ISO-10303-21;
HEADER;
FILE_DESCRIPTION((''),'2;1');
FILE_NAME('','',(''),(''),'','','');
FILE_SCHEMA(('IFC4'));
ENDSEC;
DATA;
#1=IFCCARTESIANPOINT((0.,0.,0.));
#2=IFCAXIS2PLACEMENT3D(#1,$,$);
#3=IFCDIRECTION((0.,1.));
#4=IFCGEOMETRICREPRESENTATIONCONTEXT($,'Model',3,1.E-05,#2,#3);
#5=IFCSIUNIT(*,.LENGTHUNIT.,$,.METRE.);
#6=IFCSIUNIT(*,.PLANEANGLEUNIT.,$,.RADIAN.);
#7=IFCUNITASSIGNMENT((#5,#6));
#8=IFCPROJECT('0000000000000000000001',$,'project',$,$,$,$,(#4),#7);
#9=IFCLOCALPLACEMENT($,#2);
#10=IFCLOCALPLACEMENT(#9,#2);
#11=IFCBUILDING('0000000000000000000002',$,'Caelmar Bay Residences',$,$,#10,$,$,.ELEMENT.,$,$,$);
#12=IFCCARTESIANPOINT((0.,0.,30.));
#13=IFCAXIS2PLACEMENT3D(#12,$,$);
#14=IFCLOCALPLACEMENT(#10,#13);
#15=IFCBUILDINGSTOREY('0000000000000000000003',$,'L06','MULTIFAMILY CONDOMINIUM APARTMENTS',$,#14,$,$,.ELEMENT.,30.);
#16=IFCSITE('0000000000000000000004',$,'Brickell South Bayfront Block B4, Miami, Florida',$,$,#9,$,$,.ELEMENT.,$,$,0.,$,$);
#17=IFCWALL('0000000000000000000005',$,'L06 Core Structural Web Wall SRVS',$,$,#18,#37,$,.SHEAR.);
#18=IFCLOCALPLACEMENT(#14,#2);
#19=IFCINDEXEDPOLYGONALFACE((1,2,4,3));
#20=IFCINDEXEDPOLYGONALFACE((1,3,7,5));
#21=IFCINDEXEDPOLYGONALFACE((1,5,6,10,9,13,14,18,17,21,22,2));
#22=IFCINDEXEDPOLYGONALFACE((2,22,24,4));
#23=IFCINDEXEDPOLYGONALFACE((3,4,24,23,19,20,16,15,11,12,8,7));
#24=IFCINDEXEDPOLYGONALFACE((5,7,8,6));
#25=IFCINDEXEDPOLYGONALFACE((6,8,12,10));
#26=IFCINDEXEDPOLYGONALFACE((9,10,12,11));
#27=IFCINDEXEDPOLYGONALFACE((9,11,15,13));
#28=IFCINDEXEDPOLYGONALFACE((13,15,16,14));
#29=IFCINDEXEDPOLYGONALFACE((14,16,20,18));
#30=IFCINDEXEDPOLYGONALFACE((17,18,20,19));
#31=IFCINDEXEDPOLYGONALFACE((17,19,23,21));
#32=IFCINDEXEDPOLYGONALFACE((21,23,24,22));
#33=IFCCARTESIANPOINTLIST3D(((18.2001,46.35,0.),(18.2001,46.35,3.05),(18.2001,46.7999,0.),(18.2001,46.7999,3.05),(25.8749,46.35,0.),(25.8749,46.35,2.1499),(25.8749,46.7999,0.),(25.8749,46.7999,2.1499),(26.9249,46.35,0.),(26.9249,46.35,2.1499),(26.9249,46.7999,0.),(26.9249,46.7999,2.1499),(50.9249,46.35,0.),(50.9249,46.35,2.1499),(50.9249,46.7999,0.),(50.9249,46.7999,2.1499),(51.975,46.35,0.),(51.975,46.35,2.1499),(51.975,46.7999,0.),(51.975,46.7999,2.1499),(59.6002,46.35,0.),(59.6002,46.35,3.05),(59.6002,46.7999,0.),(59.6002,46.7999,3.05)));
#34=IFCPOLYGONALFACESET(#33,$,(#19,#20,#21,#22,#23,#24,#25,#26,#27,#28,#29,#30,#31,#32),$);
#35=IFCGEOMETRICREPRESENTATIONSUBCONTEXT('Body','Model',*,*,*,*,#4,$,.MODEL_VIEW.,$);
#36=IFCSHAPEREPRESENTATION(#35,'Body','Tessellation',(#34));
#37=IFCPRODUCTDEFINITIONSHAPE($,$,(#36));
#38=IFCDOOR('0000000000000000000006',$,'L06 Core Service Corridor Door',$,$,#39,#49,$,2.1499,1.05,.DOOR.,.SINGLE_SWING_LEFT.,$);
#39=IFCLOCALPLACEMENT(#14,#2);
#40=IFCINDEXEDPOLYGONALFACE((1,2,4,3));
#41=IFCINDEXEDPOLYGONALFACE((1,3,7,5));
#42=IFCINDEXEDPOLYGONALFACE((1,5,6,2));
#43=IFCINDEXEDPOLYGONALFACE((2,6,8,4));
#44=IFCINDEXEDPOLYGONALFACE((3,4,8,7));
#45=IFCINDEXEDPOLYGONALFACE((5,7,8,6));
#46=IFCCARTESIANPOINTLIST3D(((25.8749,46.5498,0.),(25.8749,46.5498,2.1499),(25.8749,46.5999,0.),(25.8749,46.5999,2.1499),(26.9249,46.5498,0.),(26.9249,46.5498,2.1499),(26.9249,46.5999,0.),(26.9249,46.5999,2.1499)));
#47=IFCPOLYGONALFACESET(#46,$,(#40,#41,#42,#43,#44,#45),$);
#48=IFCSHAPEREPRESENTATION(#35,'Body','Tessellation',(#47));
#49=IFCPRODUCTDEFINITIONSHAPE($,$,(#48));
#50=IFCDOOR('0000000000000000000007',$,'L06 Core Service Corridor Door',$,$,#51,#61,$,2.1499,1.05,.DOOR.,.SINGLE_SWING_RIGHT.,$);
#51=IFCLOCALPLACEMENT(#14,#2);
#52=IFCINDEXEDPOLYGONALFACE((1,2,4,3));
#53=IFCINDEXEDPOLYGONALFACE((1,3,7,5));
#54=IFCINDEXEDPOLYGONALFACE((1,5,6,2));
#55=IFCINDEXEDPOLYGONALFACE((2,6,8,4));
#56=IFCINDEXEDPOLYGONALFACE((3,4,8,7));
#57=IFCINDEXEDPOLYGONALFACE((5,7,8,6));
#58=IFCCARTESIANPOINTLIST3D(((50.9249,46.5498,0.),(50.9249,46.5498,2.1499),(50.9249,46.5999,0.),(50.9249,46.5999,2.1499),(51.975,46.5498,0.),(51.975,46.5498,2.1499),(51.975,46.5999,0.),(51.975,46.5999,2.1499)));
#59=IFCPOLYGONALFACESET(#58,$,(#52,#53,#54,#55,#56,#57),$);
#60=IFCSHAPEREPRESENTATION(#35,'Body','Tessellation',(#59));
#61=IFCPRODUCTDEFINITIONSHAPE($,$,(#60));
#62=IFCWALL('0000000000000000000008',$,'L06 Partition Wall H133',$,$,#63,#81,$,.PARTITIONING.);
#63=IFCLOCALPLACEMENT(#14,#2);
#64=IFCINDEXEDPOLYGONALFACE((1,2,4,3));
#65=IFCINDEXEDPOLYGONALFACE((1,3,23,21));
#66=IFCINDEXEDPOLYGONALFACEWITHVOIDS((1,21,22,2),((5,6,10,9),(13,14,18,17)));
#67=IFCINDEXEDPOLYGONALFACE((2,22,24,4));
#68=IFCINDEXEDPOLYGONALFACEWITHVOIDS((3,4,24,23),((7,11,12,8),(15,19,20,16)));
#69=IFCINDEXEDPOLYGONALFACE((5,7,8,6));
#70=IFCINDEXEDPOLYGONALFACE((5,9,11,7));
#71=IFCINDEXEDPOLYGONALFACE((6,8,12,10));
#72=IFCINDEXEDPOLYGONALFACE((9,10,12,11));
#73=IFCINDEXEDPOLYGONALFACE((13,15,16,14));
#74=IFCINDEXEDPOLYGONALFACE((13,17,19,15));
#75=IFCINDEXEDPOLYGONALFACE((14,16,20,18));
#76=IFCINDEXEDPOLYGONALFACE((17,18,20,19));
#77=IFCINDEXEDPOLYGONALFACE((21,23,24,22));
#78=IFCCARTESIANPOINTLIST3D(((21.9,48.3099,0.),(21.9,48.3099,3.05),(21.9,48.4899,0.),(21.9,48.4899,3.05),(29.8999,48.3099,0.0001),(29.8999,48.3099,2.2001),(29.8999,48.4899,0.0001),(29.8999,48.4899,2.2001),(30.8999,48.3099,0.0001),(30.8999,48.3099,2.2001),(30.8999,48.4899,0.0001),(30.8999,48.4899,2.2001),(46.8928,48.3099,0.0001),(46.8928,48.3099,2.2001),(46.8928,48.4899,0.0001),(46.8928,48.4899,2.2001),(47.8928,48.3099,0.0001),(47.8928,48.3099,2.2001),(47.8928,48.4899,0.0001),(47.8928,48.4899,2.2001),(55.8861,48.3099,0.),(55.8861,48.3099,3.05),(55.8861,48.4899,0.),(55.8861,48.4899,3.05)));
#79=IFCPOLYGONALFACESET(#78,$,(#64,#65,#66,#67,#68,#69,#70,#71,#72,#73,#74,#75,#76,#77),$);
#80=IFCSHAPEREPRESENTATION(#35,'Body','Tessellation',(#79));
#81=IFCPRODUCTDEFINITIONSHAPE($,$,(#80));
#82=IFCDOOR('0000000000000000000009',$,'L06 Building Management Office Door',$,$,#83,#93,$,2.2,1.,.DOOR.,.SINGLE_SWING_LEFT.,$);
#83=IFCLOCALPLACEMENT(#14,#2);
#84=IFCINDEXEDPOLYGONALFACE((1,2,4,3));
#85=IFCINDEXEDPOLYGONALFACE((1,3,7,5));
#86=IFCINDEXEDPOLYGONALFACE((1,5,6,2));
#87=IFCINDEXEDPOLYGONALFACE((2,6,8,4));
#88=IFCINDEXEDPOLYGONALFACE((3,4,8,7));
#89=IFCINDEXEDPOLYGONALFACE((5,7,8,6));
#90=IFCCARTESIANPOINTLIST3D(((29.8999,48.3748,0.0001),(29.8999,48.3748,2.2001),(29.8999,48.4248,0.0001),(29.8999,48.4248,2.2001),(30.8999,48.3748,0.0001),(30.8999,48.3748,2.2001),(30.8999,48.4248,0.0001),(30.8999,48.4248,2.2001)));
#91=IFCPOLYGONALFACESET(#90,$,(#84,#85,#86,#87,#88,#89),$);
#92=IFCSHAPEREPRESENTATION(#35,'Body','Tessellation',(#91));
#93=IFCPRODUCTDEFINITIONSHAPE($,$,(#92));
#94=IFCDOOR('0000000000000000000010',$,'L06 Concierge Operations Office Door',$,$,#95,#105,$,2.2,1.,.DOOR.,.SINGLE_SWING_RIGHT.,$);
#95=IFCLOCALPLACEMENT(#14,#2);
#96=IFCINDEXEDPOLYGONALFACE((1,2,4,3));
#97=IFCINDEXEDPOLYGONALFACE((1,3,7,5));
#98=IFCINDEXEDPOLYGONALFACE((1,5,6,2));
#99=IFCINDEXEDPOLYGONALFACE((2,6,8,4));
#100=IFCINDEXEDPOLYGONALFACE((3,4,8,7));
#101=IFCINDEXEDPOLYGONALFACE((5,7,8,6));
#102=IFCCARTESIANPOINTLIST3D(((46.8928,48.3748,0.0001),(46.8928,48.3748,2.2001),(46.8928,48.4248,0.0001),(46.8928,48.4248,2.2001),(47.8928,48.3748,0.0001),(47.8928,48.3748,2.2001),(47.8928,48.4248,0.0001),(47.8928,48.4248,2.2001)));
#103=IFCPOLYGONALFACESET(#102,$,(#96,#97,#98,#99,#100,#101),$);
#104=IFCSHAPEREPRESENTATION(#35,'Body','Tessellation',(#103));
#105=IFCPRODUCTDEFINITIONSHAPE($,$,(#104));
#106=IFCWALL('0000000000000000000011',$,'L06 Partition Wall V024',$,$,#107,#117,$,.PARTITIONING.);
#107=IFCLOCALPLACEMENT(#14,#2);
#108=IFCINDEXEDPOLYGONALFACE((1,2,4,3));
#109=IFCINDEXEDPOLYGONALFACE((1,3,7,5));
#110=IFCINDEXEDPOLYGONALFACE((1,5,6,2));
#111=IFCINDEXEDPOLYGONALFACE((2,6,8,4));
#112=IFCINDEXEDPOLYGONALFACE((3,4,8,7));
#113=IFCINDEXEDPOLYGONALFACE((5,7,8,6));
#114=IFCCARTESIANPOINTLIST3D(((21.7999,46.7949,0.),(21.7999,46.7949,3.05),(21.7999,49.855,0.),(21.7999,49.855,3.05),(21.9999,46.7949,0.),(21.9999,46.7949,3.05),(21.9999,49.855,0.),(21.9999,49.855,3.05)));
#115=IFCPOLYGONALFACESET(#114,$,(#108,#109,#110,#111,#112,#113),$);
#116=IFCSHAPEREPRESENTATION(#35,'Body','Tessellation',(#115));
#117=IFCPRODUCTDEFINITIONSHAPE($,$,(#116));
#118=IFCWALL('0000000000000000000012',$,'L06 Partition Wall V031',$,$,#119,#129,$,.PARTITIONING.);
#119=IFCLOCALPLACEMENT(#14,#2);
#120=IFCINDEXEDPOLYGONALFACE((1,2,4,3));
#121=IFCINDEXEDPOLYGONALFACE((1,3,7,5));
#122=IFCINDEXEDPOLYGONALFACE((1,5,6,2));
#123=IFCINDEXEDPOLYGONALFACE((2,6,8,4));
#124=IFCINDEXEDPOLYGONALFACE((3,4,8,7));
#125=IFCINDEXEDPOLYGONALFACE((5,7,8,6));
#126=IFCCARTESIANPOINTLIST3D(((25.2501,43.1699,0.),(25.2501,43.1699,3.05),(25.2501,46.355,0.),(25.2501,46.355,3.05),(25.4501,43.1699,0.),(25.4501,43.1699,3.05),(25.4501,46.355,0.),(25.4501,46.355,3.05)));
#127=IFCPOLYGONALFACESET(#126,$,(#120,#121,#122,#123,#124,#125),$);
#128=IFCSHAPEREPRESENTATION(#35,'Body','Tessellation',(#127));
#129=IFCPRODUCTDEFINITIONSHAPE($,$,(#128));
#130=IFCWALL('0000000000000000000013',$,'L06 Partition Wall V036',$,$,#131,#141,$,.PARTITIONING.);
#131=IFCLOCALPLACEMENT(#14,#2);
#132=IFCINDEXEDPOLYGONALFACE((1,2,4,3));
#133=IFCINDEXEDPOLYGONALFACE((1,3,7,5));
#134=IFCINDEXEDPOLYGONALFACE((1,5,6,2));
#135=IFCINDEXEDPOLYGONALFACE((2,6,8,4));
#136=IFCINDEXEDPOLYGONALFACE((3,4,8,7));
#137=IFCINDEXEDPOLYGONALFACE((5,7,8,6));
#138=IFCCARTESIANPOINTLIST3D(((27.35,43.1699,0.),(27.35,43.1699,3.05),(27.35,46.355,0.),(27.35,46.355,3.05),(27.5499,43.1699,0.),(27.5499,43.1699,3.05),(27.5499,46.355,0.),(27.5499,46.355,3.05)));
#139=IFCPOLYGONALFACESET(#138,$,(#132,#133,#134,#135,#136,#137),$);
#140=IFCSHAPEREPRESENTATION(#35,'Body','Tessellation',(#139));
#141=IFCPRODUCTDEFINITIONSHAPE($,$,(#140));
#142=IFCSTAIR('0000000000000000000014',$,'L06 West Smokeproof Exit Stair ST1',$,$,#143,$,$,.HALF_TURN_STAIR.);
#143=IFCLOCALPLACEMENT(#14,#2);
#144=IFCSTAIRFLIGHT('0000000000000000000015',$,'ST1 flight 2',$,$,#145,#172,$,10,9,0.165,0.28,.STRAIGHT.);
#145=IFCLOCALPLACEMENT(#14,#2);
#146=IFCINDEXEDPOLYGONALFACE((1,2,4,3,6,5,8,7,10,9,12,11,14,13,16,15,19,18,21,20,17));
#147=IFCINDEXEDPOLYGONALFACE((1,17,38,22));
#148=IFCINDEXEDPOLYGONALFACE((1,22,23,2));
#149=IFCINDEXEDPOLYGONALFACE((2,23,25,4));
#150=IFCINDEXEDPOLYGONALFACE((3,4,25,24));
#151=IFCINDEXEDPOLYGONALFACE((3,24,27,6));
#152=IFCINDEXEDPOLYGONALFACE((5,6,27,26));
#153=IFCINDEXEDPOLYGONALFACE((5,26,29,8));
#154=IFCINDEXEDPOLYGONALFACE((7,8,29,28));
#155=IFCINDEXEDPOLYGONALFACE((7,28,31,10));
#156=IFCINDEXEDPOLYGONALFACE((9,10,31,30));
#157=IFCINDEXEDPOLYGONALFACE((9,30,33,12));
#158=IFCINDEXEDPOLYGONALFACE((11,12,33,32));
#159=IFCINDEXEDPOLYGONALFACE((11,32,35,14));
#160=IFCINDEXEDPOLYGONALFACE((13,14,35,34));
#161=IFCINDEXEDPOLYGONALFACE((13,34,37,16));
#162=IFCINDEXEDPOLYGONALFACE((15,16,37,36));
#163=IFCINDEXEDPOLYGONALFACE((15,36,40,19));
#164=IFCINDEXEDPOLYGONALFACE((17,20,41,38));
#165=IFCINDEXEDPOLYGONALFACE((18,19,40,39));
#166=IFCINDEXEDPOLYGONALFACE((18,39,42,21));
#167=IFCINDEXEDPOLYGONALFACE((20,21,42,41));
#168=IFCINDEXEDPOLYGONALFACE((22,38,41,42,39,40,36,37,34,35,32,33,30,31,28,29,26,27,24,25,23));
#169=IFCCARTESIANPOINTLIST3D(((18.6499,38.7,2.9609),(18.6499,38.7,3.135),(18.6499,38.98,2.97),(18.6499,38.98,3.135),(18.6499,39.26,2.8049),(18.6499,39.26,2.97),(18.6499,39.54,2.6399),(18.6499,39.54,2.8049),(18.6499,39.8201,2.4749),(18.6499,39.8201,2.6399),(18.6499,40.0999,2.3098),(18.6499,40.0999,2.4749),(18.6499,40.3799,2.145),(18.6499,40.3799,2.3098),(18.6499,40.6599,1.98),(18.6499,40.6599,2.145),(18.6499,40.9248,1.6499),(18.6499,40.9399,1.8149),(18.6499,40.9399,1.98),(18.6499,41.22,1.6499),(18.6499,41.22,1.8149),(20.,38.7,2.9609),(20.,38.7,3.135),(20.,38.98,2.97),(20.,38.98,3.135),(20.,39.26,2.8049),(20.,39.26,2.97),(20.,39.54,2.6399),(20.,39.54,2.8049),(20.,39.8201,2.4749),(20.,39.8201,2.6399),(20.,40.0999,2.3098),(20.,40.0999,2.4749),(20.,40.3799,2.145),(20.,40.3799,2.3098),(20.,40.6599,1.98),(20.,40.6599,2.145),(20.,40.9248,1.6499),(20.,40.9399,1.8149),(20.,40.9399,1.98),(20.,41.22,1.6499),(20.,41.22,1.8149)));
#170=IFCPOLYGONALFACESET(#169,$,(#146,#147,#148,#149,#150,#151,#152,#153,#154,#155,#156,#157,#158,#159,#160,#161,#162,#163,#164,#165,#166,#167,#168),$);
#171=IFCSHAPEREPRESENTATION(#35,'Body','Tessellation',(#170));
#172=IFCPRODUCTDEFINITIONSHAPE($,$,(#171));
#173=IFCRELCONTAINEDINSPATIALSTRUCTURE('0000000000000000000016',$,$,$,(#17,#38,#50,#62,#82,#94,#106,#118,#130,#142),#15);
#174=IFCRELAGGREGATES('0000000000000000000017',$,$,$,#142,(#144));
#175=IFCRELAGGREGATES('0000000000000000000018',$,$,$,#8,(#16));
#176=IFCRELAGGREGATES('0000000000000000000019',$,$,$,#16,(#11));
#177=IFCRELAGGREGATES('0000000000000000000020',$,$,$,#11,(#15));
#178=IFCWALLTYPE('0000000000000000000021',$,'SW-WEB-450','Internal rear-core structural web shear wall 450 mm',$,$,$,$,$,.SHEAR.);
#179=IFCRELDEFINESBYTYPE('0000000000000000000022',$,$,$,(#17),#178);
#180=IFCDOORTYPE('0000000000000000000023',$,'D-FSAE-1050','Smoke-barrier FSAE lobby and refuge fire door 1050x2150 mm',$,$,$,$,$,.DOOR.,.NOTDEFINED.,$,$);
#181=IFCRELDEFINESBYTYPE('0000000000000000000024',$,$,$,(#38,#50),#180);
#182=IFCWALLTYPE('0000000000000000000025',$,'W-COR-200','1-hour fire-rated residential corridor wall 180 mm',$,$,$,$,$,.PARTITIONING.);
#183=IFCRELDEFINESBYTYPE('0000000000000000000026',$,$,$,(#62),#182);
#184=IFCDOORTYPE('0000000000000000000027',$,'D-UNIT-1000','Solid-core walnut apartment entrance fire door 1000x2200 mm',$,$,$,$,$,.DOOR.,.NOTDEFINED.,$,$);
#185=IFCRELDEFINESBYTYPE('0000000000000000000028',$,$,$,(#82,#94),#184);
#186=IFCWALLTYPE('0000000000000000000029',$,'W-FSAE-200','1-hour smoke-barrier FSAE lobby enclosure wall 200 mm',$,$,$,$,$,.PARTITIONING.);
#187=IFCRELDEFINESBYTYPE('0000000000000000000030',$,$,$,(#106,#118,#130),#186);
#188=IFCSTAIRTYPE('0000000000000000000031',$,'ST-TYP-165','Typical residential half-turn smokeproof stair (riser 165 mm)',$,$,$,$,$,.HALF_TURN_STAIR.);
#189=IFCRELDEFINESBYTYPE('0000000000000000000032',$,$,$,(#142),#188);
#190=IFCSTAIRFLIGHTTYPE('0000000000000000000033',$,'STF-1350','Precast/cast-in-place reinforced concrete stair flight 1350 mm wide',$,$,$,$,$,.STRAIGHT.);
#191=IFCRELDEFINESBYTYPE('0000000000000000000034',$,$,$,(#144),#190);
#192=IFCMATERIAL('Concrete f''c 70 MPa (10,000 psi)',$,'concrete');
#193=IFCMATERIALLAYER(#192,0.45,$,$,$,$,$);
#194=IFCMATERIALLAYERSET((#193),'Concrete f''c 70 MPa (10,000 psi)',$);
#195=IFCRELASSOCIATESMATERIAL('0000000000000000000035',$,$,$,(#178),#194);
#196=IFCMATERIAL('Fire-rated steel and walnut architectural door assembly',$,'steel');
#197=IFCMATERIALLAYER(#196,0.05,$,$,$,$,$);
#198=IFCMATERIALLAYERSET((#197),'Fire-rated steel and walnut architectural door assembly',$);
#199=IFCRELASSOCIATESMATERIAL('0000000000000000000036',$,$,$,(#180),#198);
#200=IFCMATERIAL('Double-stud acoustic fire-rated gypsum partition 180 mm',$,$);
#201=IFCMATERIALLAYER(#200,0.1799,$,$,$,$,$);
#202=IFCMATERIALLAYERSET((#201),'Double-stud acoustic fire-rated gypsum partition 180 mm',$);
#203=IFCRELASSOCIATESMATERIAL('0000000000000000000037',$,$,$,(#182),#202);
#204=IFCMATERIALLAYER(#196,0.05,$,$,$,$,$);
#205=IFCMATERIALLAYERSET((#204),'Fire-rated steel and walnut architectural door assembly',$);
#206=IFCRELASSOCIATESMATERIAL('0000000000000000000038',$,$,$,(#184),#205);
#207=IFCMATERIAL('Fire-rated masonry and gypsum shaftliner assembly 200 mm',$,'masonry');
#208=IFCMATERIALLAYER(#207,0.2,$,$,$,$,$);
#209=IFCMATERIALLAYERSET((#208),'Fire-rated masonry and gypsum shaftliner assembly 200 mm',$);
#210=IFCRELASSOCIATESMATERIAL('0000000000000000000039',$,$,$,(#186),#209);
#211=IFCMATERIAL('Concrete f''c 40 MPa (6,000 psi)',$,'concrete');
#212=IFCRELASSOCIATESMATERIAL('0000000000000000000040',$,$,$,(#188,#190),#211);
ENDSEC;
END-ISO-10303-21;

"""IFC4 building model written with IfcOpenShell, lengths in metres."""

from ifc_helpers import new_model, si_unit, direction, frame, frame_2d, origin, place, context, subcontext, project, spatial, polyline, rectangle, outline, extrude, material, layer, layer_set, type_object, element, fill, aggregate, save


model = new_model("IFC4")

# Units and contexts
model_context = context("Model", 3, precision=1e-05, world=origin(), true_north=direction((0.0, 1.0)))
body_context = subcontext(model_context, "Body", "Model", "MODEL_VIEW")
ifc_project = project(units=[si_unit("LENGTHUNIT", "METRE"), si_unit("PLANEANGLEUNIT", "RADIAN")], contexts=[model_context])

# Site, building, storey
site_placement = place(None, origin())
site = spatial("IfcSite", under=ifc_project, at=site_placement, Name="Brickell South Bayfront Block B4, Miami, Florida", CompositionType="ELEMENT", RefElevation=0.0)
building_placement = place(site_placement, origin())
building = spatial("IfcBuilding", under=site, at=building_placement, Name="Caelmar Bay Residences", CompositionType="ELEMENT")
storey_placement = place(building_placement, frame((0.0, 0.0, 30.0)))
storey = spatial("IfcBuildingStorey", under=building, at=storey_placement, Name="L06", Description="MULTIFAMILY CONDOMINIUM APARTMENTS", CompositionType="ELEMENT", Elevation=30.0)

# Walls, openings, doors
ifc_material_1 = material(Name="Concrete f'c 70 MPa (10,000 psi)", Category="concrete")
ifc_layer_1 = layer(ifc_material_1, 0.45)
ifc_layer_set_1 = layer_set([ifc_layer_1], Name="Concrete f'c 70 MPa (10,000 psi)")
wall_type_1 = type_object("IfcWallType", Name="SW-WEB-450", Description="Internal rear-core structural web shear wall 450 mm", PredefinedType="SHEAR", material=ifc_layer_set_1)
ifc_material_2 = material(Name="Fire-rated steel and walnut architectural door assembly", Category="steel")
ifc_layer_2 = layer(ifc_material_2, 0.05)
ifc_layer_set_2 = layer_set([ifc_layer_2], Name="Fire-rated steel and walnut architectural door assembly")
door_type_1 = type_object("IfcDoorType", Name="D-FSAE-1050", Description="Smoke-barrier FSAE lobby and refuge fire door 1050x2150 mm", OperationType="NOTDEFINED", PredefinedType="DOOR", material=ifc_layer_set_2)
wall_1_placement = place(storey_placement, frame((18.2, 46.575, 0.0), z_axis=(0.0, 0.0, 1.0), x_axis=(1.0, 0.0, 0.0)))
wall_1 = element("IfcWall", 1, at=wall_1_placement, inside=storey, type_object=wall_type_1, Name="L06 Core Structural Web Wall SRVS", PredefinedType="SHEAR", context=body_context, shape_type="SweptSolid", body=[
    extrude(rectangle(XDim=41.4001, YDim=0.45, at=frame_2d((20.7002, 0.0))), origin(), (0.0, 0.0, 1.0), 3.05),
])
opening_1_placement = place(wall_1_placement, frame((7.675, 0.0, 0.0)))
opening_1 = element("IfcOpeningElement", 2, at=opening_1_placement, cuts=wall_1, PredefinedType="OPENING", context=body_context, shape_type="SweptSolid", body=[
    extrude(rectangle(XDim=1.05, YDim=2.1499, at=frame_2d((0.5249, 1.075))), frame((0.0, 0.2349, 0.0), z_axis=(0.0, -1.0, 0.0), x_axis=(1.0, 0.0, 0.0)), (0.0, 0.0, 1.0), 0.47),
])
opening_2_placement = place(wall_1_placement, frame((32.7251, 0.0, 0.0)))
opening_2 = element("IfcOpeningElement", 3, at=opening_2_placement, cuts=wall_1, PredefinedType="OPENING", context=body_context, shape_type="SweptSolid", body=[
    extrude(rectangle(XDim=1.05, YDim=2.1499, at=frame_2d((0.5249, 1.075))), frame((0.0, 0.2349, 0.0), z_axis=(0.0, -1.0, 0.0), x_axis=(1.0, 0.0, 0.0)), (0.0, 0.0, 1.0), 0.47),
])
door_1_placement = place(opening_1_placement, origin())
door_1 = element("IfcDoor", 4, at=door_1_placement, inside=storey, type_object=door_type_1, Name="L06 Core Service Corridor Door", OperationType="SINGLE_SWING_LEFT", OverallHeight=2.1499, OverallWidth=1.05, PredefinedType="DOOR", context=body_context, shape_type="SweptSolid", body=[
    extrude(rectangle(XDim=1.05, YDim=2.1499, at=frame_2d((0.5249, 1.075))), frame((0.0, 0.0249, 0.0), z_axis=(0.0, -1.0, 0.0), x_axis=(1.0, 0.0, 0.0)), (0.0, 0.0, 1.0), 0.05),
])
fill(opening_1, door_1)
door_2_placement = place(opening_2_placement, origin())
door_2 = element("IfcDoor", 5, at=door_2_placement, inside=storey, type_object=door_type_1, Name="L06 Core Service Corridor Door", OperationType="SINGLE_SWING_RIGHT", OverallHeight=2.1499, OverallWidth=1.05, PredefinedType="DOOR", context=body_context, shape_type="SweptSolid", body=[
    extrude(rectangle(XDim=1.05, YDim=2.1499, at=frame_2d((0.5249, 1.075))), frame((0.0, 0.0249, 0.0), z_axis=(0.0, -1.0, 0.0), x_axis=(1.0, 0.0, 0.0)), (0.0, 0.0, 1.0), 0.05),
])
fill(opening_2, door_2)
ifc_material_3 = material(Name="Double-stud acoustic fire-rated gypsum partition 180 mm")
ifc_layer_3 = layer(ifc_material_3, 0.1799)
ifc_layer_set_3 = layer_set([ifc_layer_3], Name="Double-stud acoustic fire-rated gypsum partition 180 mm")
wall_type_2 = type_object("IfcWallType", Name="W-COR-200", Description="1-hour fire-rated residential corridor wall 180 mm", PredefinedType="PARTITIONING", material=ifc_layer_set_3)
wall_2_placement = place(storey_placement, frame((21.8999, 48.3999, 0.0), z_axis=(0.0, 0.0, 1.0), x_axis=(1.0, 0.0, 0.0)))
wall_2 = element("IfcWall", 6, at=wall_2_placement, inside=storey, type_object=wall_type_2, Name="L06 Partition Wall H133", PredefinedType="PARTITIONING", context=body_context, shape_type="SweptSolid", body=[
    extrude(rectangle(XDim=33.9861, YDim=0.1799, at=frame_2d((16.9932, 0.0))), origin(), (0.0, 0.0, 1.0), 3.05),
])
opening_3_placement = place(wall_2_placement, frame((8.0, 0.0, 0.0)))
opening_3 = element("IfcOpeningElement", 7, at=opening_3_placement, cuts=wall_2, PredefinedType="OPENING", context=body_context, shape_type="SweptSolid", body=[
    extrude(rectangle(XDim=1.0, YDim=2.2, at=frame_2d((0.5, 1.1001))), frame((0.0, 0.0999, 0.0), z_axis=(0.0, -1.0, 0.0), x_axis=(1.0, 0.0, 0.0)), (0.0, 0.0, 1.0), 0.2),
])
opening_4_placement = place(wall_2_placement, frame((24.9929, 0.0, 0.0)))
opening_4 = element("IfcOpeningElement", 8, at=opening_4_placement, cuts=wall_2, PredefinedType="OPENING", context=body_context, shape_type="SweptSolid", body=[
    extrude(rectangle(XDim=1.0, YDim=2.2, at=frame_2d((0.5, 1.1001))), frame((0.0, 0.0999, 0.0), z_axis=(0.0, -1.0, 0.0), x_axis=(1.0, 0.0, 0.0)), (0.0, 0.0, 1.0), 0.2),
])
ifc_layer_4 = layer(ifc_material_2, 0.05)
ifc_layer_set_4 = layer_set([ifc_layer_4], Name="Fire-rated steel and walnut architectural door assembly")
door_type_2 = type_object("IfcDoorType", Name="D-UNIT-1000", Description="Solid-core walnut apartment entrance fire door 1000x2200 mm", OperationType="NOTDEFINED", PredefinedType="DOOR", material=ifc_layer_set_4)
door_3_placement = place(opening_3_placement, origin())
door_3 = element("IfcDoor", 9, at=door_3_placement, inside=storey, type_object=door_type_2, Name="L06 Building Management Office Door", OperationType="SINGLE_SWING_LEFT", OverallHeight=2.2, OverallWidth=1.0, PredefinedType="DOOR", context=body_context, shape_type="SweptSolid", body=[
    extrude(rectangle(XDim=1.0, YDim=2.2, at=frame_2d((0.5, 1.1001))), frame((0.0, 0.0249, 0.0), z_axis=(0.0, -1.0, 0.0), x_axis=(1.0, 0.0, 0.0)), (0.0, 0.0, 1.0), 0.05),
])
fill(opening_3, door_3)
door_4_placement = place(opening_4_placement, origin())
door_4 = element("IfcDoor", 10, at=door_4_placement, inside=storey, type_object=door_type_2, Name="L06 Concierge Operations Office Door", OperationType="SINGLE_SWING_RIGHT", OverallHeight=2.2, OverallWidth=1.0, PredefinedType="DOOR", context=body_context, shape_type="SweptSolid", body=[
    extrude(rectangle(XDim=1.0, YDim=2.2, at=frame_2d((0.5, 1.1001))), frame((0.0, 0.0249, 0.0), z_axis=(0.0, -1.0, 0.0), x_axis=(1.0, 0.0, 0.0)), (0.0, 0.0, 1.0), 0.05),
])
fill(opening_4, door_4)

# Walls
ifc_material_4 = material(Name="Fire-rated masonry and gypsum shaftliner assembly 200 mm", Category="masonry")
ifc_layer_5 = layer(ifc_material_4, 0.2)
ifc_layer_set_5 = layer_set([ifc_layer_5], Name="Fire-rated masonry and gypsum shaftliner assembly 200 mm")
wall_type_3 = type_object("IfcWallType", Name="W-FSAE-200", Description="1-hour smoke-barrier FSAE lobby enclosure wall 200 mm", PredefinedType="PARTITIONING", material=ifc_layer_set_5)
wall_3_placement = place(storey_placement, frame((21.8999, 46.7949, 0.0), z_axis=(0.0, 0.0, 1.0), x_axis=(0.0, 1.0, 0.0)))
element("IfcWall", 11, at=wall_3_placement, inside=storey, type_object=wall_type_3, Name="L06 Partition Wall V024", PredefinedType="PARTITIONING", context=body_context, shape_type="SweptSolid", body=[
    extrude(rectangle(XDim=3.0601, YDim=0.2, at=frame_2d((1.53, 0.0))), origin(), (0.0, 0.0, 1.0), 3.05),
])
for number, where, z_axis, x_axis, name in (
    (12, (25.3501, 43.1699, 0.0), (0.0, 0.0, 1.0), (0.0, 1.0, 0.0), "L06 Partition Wall V031"),
    (13, (27.45, 43.1699, 0.0), (0.0, 0.0, 1.0), (0.0, 1.0, 0.0), "L06 Partition Wall V036"),
):
    element("IfcWall", number, at=place(storey_placement, frame(where, z_axis=z_axis, x_axis=x_axis)), inside=storey, type_object=wall_type_3, Name=name, PredefinedType="PARTITIONING", context=body_context, shape_type="SweptSolid", body=[
        extrude(rectangle(XDim=3.1851, YDim=0.2, at=frame_2d((1.5925, 0.0))), origin(), (0.0, 0.0, 1.0), 3.05),
    ])

# Stair, stair flight
ifc_material_5 = material(Name="Concrete f'c 40 MPa (6,000 psi)", Category="concrete")
stair_type = type_object("IfcStairType", Name="ST-TYP-165", Description="Typical residential half-turn smokeproof stair (riser 165 mm)", PredefinedType="HALF_TURN_STAIR", material=ifc_material_5)
stair_1_placement = place(storey_placement, origin())
stair_1 = element("IfcStair", 14, at=stair_1_placement, inside=storey, type_object=stair_type, Name="L06 West Smokeproof Exit Stair ST1", PredefinedType="HALF_TURN_STAIR")
stair_flight_type = type_object("IfcStairFlightType", Name="STF-1350", Description="Precast/cast-in-place reinforced concrete stair flight 1350 mm wide", PredefinedType="STRAIGHT", material=ifc_material_5)
stair_flight_1_placement = place(storey_placement, frame((19.325, 41.22, 1.6499), z_axis=(0.0, 0.0, 1.0), x_axis=(0.0, -1.0, 0.0)))
stair_flight_1 = element("IfcStairFlight", 15, at=stair_flight_1_placement, type_object=stair_flight_type, Name="ST1 flight 2", NumberOfRisers=10, NumberOfTreads=9, PredefinedType="STRAIGHT", RiserHeight=0.165, TreadLength=0.28, context=body_context, shape_type="SweptSolid", body=[
    extrude(outline(polyline([(0.0, 0.0), (0.0, 0.165), (0.28, 0.165), (0.28, 0.3301), (0.5601, 0.3301), (0.5601, 0.4951), (0.8401, 0.4951), (0.8401, 0.6599), (1.1201, 0.6599), (1.1201, 0.825), (1.3999, 0.825), (1.3999, 0.99), (1.6799, 0.99), (1.6799, 1.155), (1.96, 1.155), (1.96, 1.3201), (2.24, 1.3201), (2.24, 1.4851), (2.52, 1.4851), (2.52, 1.6499), (2.52, 1.311), (0.2952, 0.0), (0.0, 0.0)])), frame((0.0, 0.675, 0.0), z_axis=(0.0, -1.0, 0.0), x_axis=(1.0, 0.0, 0.0)), (0.0, 0.0, 1.0), 1.3501),
])
aggregate(stair_1, [stair_flight_1])

save(model, "model.ifc")
